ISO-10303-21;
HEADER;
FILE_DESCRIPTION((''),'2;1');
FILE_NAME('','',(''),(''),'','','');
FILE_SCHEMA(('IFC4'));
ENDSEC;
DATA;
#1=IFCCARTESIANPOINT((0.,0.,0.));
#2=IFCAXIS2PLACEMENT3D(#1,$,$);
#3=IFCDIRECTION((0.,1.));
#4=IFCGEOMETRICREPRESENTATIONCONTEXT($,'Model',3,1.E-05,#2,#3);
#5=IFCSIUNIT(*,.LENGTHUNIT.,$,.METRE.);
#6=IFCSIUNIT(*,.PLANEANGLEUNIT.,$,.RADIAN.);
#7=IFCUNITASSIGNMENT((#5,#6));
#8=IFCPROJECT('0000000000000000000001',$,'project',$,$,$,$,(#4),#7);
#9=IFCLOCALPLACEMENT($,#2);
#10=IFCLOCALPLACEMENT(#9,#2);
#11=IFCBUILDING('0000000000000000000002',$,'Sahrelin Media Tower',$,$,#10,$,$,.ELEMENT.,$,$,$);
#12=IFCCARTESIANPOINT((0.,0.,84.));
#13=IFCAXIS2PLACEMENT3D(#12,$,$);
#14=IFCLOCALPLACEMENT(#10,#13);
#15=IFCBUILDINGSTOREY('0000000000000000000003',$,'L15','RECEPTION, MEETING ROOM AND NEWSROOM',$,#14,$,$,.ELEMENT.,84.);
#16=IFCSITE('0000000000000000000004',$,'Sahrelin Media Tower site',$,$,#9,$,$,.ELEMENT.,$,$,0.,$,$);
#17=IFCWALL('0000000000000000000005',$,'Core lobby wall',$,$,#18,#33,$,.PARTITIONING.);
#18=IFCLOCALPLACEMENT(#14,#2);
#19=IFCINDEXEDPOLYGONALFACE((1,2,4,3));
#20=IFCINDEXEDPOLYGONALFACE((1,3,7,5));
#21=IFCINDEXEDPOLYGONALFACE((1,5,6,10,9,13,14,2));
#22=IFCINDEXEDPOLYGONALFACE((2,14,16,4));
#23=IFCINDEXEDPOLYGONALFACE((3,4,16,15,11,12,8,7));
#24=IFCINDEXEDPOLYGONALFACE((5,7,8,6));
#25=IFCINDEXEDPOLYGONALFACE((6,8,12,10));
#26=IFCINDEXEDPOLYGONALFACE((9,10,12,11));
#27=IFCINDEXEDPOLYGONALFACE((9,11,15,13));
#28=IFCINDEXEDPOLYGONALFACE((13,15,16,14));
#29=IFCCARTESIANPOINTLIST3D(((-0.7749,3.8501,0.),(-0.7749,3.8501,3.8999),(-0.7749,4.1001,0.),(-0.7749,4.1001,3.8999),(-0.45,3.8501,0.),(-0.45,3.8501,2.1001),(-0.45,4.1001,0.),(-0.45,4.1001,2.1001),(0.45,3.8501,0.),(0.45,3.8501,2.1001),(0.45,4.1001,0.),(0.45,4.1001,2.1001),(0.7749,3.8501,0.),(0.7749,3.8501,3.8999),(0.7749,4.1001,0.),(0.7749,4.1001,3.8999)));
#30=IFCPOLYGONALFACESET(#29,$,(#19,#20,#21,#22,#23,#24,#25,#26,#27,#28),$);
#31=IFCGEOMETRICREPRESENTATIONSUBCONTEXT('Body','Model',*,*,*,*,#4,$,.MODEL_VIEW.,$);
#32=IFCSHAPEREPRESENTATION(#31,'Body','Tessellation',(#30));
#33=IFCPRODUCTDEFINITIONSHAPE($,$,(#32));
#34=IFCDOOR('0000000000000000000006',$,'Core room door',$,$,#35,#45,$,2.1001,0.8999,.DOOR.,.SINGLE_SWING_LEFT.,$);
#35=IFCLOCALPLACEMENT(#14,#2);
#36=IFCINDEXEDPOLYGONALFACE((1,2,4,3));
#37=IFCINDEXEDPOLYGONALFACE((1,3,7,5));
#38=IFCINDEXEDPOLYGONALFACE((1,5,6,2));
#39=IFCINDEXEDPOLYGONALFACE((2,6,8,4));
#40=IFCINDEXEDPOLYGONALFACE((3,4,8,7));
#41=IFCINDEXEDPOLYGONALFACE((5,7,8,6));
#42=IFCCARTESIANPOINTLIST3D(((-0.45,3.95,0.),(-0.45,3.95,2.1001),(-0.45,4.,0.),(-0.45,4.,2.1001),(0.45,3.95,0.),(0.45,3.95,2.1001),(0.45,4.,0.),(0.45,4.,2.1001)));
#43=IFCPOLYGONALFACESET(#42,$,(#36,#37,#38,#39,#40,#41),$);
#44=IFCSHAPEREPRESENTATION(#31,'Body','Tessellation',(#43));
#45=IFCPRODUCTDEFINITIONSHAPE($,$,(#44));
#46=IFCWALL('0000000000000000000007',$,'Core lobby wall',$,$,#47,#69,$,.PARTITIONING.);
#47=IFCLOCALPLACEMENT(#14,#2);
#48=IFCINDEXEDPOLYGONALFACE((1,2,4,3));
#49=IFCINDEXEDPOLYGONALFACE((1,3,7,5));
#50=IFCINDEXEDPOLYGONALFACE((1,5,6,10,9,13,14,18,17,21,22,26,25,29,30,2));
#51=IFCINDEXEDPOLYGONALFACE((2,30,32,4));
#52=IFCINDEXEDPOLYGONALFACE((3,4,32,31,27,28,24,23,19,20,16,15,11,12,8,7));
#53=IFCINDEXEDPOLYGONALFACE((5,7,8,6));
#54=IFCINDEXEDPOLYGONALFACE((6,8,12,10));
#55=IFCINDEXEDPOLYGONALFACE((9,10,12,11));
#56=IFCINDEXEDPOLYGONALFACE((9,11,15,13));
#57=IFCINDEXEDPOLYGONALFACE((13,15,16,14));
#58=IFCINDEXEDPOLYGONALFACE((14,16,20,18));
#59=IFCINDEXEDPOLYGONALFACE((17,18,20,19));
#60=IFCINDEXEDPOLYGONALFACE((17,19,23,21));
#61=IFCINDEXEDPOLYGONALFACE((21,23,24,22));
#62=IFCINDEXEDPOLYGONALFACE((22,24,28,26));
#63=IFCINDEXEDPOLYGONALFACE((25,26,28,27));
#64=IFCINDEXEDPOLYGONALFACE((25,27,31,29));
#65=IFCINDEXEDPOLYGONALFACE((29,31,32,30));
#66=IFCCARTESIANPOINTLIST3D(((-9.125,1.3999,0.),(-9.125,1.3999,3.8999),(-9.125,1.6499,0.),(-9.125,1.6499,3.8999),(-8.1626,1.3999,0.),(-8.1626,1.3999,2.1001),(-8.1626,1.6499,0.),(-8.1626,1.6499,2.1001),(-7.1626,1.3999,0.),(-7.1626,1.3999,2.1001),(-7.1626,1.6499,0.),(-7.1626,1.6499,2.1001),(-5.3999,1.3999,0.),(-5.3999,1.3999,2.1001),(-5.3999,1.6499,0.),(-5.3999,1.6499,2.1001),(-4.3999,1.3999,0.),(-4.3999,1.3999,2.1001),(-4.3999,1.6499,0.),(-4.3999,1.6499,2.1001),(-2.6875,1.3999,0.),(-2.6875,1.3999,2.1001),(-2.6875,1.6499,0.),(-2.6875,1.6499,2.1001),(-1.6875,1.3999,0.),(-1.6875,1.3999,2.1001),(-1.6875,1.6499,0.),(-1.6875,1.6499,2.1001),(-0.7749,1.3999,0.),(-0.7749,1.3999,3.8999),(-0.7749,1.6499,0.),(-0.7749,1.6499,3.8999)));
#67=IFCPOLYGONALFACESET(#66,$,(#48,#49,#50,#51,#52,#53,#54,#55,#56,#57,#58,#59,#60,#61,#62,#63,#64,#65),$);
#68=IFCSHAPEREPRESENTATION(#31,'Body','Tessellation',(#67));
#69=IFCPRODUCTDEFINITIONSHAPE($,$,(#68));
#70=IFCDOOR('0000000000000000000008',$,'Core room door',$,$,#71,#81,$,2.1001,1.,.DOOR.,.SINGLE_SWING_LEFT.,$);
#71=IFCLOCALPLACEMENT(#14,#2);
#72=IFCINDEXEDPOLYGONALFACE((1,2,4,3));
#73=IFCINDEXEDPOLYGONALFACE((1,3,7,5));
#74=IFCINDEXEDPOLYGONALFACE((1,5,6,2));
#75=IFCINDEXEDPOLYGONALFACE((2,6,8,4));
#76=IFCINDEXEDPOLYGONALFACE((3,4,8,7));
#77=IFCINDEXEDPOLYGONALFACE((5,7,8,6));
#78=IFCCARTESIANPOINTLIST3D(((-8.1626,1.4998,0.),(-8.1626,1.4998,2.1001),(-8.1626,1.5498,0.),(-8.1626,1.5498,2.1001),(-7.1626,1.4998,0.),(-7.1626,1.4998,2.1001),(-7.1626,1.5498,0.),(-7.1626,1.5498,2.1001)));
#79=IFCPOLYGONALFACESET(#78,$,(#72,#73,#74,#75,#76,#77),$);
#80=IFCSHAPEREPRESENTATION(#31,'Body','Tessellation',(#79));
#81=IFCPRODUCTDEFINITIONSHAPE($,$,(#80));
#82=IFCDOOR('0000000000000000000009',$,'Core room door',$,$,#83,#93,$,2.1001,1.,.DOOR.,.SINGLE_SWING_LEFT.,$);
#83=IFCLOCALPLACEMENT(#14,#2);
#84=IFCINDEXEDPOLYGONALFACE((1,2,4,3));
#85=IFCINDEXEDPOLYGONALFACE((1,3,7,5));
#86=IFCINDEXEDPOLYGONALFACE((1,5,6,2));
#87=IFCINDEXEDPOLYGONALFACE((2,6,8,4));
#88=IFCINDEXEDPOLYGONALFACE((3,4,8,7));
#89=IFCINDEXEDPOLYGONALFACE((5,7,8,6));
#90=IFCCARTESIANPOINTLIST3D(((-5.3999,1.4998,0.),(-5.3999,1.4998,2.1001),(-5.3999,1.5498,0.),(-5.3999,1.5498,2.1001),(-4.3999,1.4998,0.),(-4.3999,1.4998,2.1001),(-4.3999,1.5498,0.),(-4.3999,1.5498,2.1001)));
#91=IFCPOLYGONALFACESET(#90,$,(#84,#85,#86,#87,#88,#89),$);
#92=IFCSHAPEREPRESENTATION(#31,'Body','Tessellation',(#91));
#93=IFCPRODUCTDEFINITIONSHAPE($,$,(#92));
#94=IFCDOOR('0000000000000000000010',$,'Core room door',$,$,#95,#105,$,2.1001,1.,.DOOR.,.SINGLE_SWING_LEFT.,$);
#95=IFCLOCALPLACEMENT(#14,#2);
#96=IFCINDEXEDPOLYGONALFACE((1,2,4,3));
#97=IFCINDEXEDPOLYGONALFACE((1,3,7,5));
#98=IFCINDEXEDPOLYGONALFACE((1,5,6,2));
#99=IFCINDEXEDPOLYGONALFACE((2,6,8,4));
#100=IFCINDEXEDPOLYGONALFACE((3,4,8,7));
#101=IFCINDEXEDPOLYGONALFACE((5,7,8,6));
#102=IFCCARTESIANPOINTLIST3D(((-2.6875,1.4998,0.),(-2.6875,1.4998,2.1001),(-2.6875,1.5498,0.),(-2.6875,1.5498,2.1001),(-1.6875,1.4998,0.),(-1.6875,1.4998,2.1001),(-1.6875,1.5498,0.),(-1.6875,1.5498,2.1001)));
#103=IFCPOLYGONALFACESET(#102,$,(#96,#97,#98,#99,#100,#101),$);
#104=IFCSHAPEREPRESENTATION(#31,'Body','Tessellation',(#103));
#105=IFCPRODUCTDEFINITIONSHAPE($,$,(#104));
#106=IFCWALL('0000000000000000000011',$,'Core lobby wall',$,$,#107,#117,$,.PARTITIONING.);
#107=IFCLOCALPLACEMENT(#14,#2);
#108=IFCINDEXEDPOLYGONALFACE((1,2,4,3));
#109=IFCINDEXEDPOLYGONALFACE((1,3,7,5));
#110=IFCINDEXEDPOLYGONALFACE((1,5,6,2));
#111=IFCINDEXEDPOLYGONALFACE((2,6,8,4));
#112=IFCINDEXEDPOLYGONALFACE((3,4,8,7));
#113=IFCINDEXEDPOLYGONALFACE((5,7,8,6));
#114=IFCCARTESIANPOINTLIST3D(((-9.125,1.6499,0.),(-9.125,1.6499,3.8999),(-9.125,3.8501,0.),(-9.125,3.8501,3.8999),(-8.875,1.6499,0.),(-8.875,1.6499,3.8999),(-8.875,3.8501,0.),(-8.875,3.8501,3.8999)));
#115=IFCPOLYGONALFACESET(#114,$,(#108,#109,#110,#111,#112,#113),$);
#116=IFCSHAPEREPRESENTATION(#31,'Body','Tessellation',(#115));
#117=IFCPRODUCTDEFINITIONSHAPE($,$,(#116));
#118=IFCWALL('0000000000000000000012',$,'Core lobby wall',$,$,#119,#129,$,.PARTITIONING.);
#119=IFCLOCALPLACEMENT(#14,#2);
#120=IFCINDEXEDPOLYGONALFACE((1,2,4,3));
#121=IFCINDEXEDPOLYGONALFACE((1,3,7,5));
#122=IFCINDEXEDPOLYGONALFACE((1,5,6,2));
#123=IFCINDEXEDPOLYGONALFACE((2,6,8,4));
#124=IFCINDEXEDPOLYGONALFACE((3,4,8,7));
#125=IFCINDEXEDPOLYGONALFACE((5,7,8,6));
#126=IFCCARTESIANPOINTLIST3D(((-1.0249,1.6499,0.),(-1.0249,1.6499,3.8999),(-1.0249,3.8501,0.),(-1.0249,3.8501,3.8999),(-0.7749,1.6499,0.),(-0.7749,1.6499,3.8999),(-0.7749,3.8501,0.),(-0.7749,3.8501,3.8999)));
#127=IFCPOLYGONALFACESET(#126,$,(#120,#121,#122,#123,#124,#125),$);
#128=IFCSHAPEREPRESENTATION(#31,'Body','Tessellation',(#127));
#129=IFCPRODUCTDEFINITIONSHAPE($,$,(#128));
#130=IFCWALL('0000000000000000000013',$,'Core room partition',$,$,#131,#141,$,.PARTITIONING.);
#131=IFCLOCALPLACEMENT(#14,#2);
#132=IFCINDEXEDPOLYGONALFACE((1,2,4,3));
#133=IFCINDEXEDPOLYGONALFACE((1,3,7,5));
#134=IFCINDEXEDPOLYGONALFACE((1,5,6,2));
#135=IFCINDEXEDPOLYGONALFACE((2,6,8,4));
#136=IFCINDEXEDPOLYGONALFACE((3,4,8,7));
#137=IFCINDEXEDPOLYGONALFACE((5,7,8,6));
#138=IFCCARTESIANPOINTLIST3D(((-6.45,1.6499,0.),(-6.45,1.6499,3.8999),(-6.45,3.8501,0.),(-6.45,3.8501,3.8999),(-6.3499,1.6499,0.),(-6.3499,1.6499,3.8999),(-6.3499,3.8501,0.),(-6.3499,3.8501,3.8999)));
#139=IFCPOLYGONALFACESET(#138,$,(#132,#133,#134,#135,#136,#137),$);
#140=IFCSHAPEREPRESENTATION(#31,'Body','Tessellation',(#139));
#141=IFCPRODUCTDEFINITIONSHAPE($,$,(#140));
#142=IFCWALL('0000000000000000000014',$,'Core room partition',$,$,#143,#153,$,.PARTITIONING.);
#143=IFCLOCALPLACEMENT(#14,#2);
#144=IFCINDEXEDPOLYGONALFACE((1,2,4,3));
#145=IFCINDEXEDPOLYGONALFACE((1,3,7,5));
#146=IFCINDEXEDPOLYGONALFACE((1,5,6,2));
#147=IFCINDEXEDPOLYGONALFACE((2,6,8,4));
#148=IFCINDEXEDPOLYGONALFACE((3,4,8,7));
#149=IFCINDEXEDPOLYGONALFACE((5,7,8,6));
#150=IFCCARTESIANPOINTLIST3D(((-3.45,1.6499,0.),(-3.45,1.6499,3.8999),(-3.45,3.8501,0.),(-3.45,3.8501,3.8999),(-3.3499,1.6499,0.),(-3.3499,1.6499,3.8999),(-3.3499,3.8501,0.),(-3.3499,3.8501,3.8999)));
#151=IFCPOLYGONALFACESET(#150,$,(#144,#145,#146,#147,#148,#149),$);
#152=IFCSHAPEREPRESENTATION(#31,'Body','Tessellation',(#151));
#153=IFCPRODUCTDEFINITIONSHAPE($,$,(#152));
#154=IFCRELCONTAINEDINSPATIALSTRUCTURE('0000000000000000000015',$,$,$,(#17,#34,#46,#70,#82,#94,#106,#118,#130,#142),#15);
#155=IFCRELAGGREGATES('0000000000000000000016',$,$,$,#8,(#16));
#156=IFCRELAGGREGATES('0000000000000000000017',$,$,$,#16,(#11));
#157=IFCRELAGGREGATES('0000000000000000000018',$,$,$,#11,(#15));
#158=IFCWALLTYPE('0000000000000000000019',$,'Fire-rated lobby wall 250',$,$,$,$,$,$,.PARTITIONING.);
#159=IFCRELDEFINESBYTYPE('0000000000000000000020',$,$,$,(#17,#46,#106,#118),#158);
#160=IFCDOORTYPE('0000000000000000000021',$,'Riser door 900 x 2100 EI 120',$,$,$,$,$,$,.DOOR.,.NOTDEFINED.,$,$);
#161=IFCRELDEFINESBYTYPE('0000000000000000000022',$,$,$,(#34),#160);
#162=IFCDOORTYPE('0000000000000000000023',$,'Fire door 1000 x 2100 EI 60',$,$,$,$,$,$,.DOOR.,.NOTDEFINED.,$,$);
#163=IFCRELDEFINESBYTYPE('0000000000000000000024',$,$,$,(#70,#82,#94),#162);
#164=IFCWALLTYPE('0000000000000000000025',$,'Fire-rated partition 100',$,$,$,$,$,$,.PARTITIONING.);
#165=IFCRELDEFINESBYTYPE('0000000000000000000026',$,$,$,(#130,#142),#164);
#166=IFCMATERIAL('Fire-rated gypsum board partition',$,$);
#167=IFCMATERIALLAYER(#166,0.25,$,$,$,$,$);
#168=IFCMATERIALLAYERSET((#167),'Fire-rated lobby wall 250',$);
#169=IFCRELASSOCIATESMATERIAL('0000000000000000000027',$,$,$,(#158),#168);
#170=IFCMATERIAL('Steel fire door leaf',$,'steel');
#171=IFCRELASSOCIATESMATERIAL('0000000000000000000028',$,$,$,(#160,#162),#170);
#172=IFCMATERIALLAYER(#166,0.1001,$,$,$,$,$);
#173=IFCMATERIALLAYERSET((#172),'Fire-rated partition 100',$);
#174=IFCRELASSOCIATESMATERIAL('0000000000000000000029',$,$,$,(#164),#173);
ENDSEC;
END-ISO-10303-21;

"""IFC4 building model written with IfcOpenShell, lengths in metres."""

from ifc_helpers import new_model, si_unit, direction, frame, frame_2d, origin, place, context, subcontext, project, spatial, rectangle, extrude, material, layer, layer_set, type_object, element, fill, save


model = new_model("IFC4")

# Units and contexts
model_context = context("Model", 3, precision=1e-05, world=origin(), true_north=direction((0.0, 1.0)))
body_context = subcontext(model_context, "Body", "Model", "MODEL_VIEW")
ifc_project = project(units=[si_unit("LENGTHUNIT", "METRE"), si_unit("PLANEANGLEUNIT", "RADIAN")], contexts=[model_context])

# Site, building, storey
site_placement = place(None, origin())
site = spatial("IfcSite", under=ifc_project, at=site_placement, Name="Sahrelin Media Tower site", CompositionType="ELEMENT", RefElevation=0.0)
building_placement = place(site_placement, origin())
building = spatial("IfcBuilding", under=site, at=building_placement, Name="Sahrelin Media Tower", CompositionType="ELEMENT")
storey_placement = place(building_placement, frame((0.0, 0.0, 84.0)))
storey = spatial("IfcBuildingStorey", under=building, at=storey_placement, Name="L15", Description="RECEPTION, MEETING ROOM AND NEWSROOM", CompositionType="ELEMENT", Elevation=84.0)

# Shared definitions
ifc_material_1 = material(Name="Steel fire door leaf", Category="steel")

# Wall, opening, door
ifc_material_2 = material(Name="Fire-rated gypsum board partition")
ifc_layer_1 = layer(ifc_material_2, 0.25)
ifc_layer_set_1 = layer_set([ifc_layer_1], Name="Fire-rated lobby wall 250")
wall_type_1 = type_object("IfcWallType", Name="Fire-rated lobby wall 250", PredefinedType="PARTITIONING", material=ifc_layer_set_1)
wall_1_placement = place(storey_placement, frame((-0.7749, 3.9751, 0.0), z_axis=(0.0, 0.0, 1.0), x_axis=(1.0, 0.0, 0.0)))
wall_1 = element("IfcWall", 1, at=wall_1_placement, inside=storey, type_object=wall_type_1, Name="Core lobby wall", PredefinedType="PARTITIONING", context=body_context, shape_type="SweptSolid", body=[
    extrude(rectangle(XDim=1.5498, YDim=0.25, at=frame_2d((0.7749, 0.0))), origin(), (0.0, 0.0, 1.0), 3.8999),
])
opening_1_placement = place(wall_1_placement, frame((0.325, 0.0, 0.0)))
opening_1 = element("IfcOpeningElement", 2, at=opening_1_placement, cuts=wall_1, PredefinedType="OPENING", context=body_context, shape_type="SweptSolid", body=[
    extrude(rectangle(XDim=0.8999, YDim=2.1001, at=frame_2d((0.45, 1.05))), frame((0.0, 0.125, 0.0), z_axis=(0.0, -1.0, 0.0), x_axis=(1.0, 0.0, 0.0)), (0.0, 0.0, 1.0), 0.25),
])
door_type_1 = type_object("IfcDoorType", Name="Riser door 900 x 2100 EI 120", OperationType="NOTDEFINED", PredefinedType="DOOR", material=ifc_material_1)
door_1_placement = place(opening_1_placement, origin())
door_1 = element("IfcDoor", 3, at=door_1_placement, inside=storey, type_object=door_type_1, Name="Core room door", OperationType="SINGLE_SWING_LEFT", OverallHeight=2.1001, OverallWidth=0.8999, PredefinedType="DOOR", context=body_context, shape_type="SweptSolid", body=[
    extrude(rectangle(XDim=0.8999, YDim=2.1001, at=frame_2d((0.45, 1.05))), frame((0.0, 0.0249, 0.0), z_axis=(0.0, -1.0, 0.0), x_axis=(1.0, 0.0, 0.0)), (0.0, 0.0, 1.0), 0.05),
])
fill(opening_1, door_1)

# Wall, openings, doors
wall_2_placement = place(storey_placement, frame((-9.125, 1.5249, 0.0), z_axis=(0.0, 0.0, 1.0), x_axis=(1.0, 0.0, 0.0)))
wall_2 = element("IfcWall", 4, at=wall_2_placement, inside=storey, type_object=wall_type_1, Name="Core lobby wall", PredefinedType="PARTITIONING", context=body_context, shape_type="SweptSolid", body=[
    extrude(rectangle(XDim=8.3501, YDim=0.25, at=frame_2d((4.175, 0.0))), origin(), (0.0, 0.0, 1.0), 3.8999),
])
opening_2_placement = place(wall_2_placement, frame((0.9624, 0.0, 0.0)))
opening_2 = element("IfcOpeningElement", 5, at=opening_2_placement, cuts=wall_2, PredefinedType="OPENING", context=body_context, shape_type="SweptSolid", body=[
    extrude(rectangle(XDim=1.0, YDim=2.1001, at=frame_2d((0.5, 1.05))), frame((0.0, 0.125, 0.0), z_axis=(0.0, -1.0, 0.0), x_axis=(1.0, 0.0, 0.0)), (0.0, 0.0, 1.0), 0.25),
])
opening_3_placement = place(wall_2_placement, frame((3.7251, 0.0, 0.0)))
opening_3 = element("IfcOpeningElement", 6, at=opening_3_placement, cuts=wall_2, PredefinedType="OPENING", context=body_context, shape_type="SweptSolid", body=[
    extrude(rectangle(XDim=1.0, YDim=2.1001, at=frame_2d((0.5, 1.05))), frame((0.0, 0.125, 0.0), z_axis=(0.0, -1.0, 0.0), x_axis=(1.0, 0.0, 0.0)), (0.0, 0.0, 1.0), 0.25),
])
opening_4_placement = place(wall_2_placement, frame((6.4375, 0.0, 0.0)))
opening_4 = element("IfcOpeningElement", 7, at=opening_4_placement, cuts=wall_2, PredefinedType="OPENING", context=body_context, shape_type="SweptSolid", body=[
    extrude(rectangle(XDim=1.0, YDim=2.1001, at=frame_2d((0.5, 1.05))), frame((0.0, 0.125, 0.0), z_axis=(0.0, -1.0, 0.0), x_axis=(1.0, 0.0, 0.0)), (0.0, 0.0, 1.0), 0.25),
])
door_type_2 = type_object("IfcDoorType", Name="Fire door 1000 x 2100 EI 60", OperationType="NOTDEFINED", PredefinedType="DOOR", material=ifc_material_1)
door_2_placement = place(opening_2_placement, origin())
door_2 = element("IfcDoor", 8, at=door_2_placement, inside=storey, type_object=door_type_2, Name="Core room door", OperationType="SINGLE_SWING_LEFT", OverallHeight=2.1001, OverallWidth=1.0, PredefinedType="DOOR", context=body_context, shape_type="SweptSolid", body=[
    extrude(rectangle(XDim=1.0, YDim=2.1001, at=frame_2d((0.5, 1.05))), frame((0.0, 0.0249, 0.0), z_axis=(0.0, -1.0, 0.0), x_axis=(1.0, 0.0, 0.0)), (0.0, 0.0, 1.0), 0.05),
])
fill(opening_2, door_2)
door_3_placement = place(opening_3_placement, origin())
door_3 = element("IfcDoor", 9, at=door_3_placement, inside=storey, type_object=door_type_2, Name="Core room door", OperationType="SINGLE_SWING_LEFT", OverallHeight=2.1001, OverallWidth=1.0, PredefinedType="DOOR", context=body_context, shape_type="SweptSolid", body=[
    extrude(rectangle(XDim=1.0, YDim=2.1001, at=frame_2d((0.5, 1.05))), frame((0.0, 0.0249, 0.0), z_axis=(0.0, -1.0, 0.0), x_axis=(1.0, 0.0, 0.0)), (0.0, 0.0, 1.0), 0.05),
])
fill(opening_3, door_3)
door_4_placement = place(opening_4_placement, origin())
door_4 = element("IfcDoor", 10, at=door_4_placement, inside=storey, type_object=door_type_2, Name="Core room door", OperationType="SINGLE_SWING_LEFT", OverallHeight=2.1001, OverallWidth=1.0, PredefinedType="DOOR", context=body_context, shape_type="SweptSolid", body=[
    extrude(rectangle(XDim=1.0, YDim=2.1001, at=frame_2d((0.5, 1.05))), frame((0.0, 0.0249, 0.0), z_axis=(0.0, -1.0, 0.0), x_axis=(1.0, 0.0, 0.0)), (0.0, 0.0, 1.0), 0.05),
])
fill(opening_4, door_4)

# Walls
for number, where, z_axis, x_axis, name in (
    (11, (-9.0, 1.6499, 0.0), (0.0, 0.0, 1.0), (0.0, 1.0, 0.0), "Core lobby wall"),
    (12, (-0.8999, 1.6499, 0.0), (0.0, 0.0, 1.0), (0.0, 1.0, 0.0), "Core lobby wall"),
):
    element("IfcWall", number, at=place(storey_placement, frame(where, z_axis=z_axis, x_axis=x_axis)), inside=storey, type_object=wall_type_1, Name=name, PredefinedType="PARTITIONING", context=body_context, shape_type="SweptSolid", body=[
        extrude(rectangle(XDim=2.2002, YDim=0.25, at=frame_2d((1.1001, 0.0))), origin(), (0.0, 0.0, 1.0), 3.8999),
    ])
ifc_layer_2 = layer(ifc_material_2, 0.1001)
ifc_layer_set_2 = layer_set([ifc_layer_2], Name="Fire-rated partition 100")
wall_type_2 = type_object("IfcWallType", Name="Fire-rated partition 100", PredefinedType="PARTITIONING", material=ifc_layer_set_2)
for number, where, z_axis, x_axis, name in (
    (13, (-6.3999, 1.6499, 0.0), (0.0, 0.0, 1.0), (0.0, 1.0, 0.0), "Core room partition"),
    (14, (-3.3999, 1.6499, 0.0), (0.0, 0.0, 1.0), (0.0, 1.0, 0.0), "Core room partition"),
):
    element("IfcWall", number, at=place(storey_placement, frame(where, z_axis=z_axis, x_axis=x_axis)), inside=storey, type_object=wall_type_2, Name=name, PredefinedType="PARTITIONING", context=body_context, shape_type="SweptSolid", body=[
        extrude(rectangle(XDim=2.2002, YDim=0.1001, at=frame_2d((1.1001, 0.0))), origin(), (0.0, 0.0, 1.0), 3.8999),
    ])

save(model, "model.ifc")
